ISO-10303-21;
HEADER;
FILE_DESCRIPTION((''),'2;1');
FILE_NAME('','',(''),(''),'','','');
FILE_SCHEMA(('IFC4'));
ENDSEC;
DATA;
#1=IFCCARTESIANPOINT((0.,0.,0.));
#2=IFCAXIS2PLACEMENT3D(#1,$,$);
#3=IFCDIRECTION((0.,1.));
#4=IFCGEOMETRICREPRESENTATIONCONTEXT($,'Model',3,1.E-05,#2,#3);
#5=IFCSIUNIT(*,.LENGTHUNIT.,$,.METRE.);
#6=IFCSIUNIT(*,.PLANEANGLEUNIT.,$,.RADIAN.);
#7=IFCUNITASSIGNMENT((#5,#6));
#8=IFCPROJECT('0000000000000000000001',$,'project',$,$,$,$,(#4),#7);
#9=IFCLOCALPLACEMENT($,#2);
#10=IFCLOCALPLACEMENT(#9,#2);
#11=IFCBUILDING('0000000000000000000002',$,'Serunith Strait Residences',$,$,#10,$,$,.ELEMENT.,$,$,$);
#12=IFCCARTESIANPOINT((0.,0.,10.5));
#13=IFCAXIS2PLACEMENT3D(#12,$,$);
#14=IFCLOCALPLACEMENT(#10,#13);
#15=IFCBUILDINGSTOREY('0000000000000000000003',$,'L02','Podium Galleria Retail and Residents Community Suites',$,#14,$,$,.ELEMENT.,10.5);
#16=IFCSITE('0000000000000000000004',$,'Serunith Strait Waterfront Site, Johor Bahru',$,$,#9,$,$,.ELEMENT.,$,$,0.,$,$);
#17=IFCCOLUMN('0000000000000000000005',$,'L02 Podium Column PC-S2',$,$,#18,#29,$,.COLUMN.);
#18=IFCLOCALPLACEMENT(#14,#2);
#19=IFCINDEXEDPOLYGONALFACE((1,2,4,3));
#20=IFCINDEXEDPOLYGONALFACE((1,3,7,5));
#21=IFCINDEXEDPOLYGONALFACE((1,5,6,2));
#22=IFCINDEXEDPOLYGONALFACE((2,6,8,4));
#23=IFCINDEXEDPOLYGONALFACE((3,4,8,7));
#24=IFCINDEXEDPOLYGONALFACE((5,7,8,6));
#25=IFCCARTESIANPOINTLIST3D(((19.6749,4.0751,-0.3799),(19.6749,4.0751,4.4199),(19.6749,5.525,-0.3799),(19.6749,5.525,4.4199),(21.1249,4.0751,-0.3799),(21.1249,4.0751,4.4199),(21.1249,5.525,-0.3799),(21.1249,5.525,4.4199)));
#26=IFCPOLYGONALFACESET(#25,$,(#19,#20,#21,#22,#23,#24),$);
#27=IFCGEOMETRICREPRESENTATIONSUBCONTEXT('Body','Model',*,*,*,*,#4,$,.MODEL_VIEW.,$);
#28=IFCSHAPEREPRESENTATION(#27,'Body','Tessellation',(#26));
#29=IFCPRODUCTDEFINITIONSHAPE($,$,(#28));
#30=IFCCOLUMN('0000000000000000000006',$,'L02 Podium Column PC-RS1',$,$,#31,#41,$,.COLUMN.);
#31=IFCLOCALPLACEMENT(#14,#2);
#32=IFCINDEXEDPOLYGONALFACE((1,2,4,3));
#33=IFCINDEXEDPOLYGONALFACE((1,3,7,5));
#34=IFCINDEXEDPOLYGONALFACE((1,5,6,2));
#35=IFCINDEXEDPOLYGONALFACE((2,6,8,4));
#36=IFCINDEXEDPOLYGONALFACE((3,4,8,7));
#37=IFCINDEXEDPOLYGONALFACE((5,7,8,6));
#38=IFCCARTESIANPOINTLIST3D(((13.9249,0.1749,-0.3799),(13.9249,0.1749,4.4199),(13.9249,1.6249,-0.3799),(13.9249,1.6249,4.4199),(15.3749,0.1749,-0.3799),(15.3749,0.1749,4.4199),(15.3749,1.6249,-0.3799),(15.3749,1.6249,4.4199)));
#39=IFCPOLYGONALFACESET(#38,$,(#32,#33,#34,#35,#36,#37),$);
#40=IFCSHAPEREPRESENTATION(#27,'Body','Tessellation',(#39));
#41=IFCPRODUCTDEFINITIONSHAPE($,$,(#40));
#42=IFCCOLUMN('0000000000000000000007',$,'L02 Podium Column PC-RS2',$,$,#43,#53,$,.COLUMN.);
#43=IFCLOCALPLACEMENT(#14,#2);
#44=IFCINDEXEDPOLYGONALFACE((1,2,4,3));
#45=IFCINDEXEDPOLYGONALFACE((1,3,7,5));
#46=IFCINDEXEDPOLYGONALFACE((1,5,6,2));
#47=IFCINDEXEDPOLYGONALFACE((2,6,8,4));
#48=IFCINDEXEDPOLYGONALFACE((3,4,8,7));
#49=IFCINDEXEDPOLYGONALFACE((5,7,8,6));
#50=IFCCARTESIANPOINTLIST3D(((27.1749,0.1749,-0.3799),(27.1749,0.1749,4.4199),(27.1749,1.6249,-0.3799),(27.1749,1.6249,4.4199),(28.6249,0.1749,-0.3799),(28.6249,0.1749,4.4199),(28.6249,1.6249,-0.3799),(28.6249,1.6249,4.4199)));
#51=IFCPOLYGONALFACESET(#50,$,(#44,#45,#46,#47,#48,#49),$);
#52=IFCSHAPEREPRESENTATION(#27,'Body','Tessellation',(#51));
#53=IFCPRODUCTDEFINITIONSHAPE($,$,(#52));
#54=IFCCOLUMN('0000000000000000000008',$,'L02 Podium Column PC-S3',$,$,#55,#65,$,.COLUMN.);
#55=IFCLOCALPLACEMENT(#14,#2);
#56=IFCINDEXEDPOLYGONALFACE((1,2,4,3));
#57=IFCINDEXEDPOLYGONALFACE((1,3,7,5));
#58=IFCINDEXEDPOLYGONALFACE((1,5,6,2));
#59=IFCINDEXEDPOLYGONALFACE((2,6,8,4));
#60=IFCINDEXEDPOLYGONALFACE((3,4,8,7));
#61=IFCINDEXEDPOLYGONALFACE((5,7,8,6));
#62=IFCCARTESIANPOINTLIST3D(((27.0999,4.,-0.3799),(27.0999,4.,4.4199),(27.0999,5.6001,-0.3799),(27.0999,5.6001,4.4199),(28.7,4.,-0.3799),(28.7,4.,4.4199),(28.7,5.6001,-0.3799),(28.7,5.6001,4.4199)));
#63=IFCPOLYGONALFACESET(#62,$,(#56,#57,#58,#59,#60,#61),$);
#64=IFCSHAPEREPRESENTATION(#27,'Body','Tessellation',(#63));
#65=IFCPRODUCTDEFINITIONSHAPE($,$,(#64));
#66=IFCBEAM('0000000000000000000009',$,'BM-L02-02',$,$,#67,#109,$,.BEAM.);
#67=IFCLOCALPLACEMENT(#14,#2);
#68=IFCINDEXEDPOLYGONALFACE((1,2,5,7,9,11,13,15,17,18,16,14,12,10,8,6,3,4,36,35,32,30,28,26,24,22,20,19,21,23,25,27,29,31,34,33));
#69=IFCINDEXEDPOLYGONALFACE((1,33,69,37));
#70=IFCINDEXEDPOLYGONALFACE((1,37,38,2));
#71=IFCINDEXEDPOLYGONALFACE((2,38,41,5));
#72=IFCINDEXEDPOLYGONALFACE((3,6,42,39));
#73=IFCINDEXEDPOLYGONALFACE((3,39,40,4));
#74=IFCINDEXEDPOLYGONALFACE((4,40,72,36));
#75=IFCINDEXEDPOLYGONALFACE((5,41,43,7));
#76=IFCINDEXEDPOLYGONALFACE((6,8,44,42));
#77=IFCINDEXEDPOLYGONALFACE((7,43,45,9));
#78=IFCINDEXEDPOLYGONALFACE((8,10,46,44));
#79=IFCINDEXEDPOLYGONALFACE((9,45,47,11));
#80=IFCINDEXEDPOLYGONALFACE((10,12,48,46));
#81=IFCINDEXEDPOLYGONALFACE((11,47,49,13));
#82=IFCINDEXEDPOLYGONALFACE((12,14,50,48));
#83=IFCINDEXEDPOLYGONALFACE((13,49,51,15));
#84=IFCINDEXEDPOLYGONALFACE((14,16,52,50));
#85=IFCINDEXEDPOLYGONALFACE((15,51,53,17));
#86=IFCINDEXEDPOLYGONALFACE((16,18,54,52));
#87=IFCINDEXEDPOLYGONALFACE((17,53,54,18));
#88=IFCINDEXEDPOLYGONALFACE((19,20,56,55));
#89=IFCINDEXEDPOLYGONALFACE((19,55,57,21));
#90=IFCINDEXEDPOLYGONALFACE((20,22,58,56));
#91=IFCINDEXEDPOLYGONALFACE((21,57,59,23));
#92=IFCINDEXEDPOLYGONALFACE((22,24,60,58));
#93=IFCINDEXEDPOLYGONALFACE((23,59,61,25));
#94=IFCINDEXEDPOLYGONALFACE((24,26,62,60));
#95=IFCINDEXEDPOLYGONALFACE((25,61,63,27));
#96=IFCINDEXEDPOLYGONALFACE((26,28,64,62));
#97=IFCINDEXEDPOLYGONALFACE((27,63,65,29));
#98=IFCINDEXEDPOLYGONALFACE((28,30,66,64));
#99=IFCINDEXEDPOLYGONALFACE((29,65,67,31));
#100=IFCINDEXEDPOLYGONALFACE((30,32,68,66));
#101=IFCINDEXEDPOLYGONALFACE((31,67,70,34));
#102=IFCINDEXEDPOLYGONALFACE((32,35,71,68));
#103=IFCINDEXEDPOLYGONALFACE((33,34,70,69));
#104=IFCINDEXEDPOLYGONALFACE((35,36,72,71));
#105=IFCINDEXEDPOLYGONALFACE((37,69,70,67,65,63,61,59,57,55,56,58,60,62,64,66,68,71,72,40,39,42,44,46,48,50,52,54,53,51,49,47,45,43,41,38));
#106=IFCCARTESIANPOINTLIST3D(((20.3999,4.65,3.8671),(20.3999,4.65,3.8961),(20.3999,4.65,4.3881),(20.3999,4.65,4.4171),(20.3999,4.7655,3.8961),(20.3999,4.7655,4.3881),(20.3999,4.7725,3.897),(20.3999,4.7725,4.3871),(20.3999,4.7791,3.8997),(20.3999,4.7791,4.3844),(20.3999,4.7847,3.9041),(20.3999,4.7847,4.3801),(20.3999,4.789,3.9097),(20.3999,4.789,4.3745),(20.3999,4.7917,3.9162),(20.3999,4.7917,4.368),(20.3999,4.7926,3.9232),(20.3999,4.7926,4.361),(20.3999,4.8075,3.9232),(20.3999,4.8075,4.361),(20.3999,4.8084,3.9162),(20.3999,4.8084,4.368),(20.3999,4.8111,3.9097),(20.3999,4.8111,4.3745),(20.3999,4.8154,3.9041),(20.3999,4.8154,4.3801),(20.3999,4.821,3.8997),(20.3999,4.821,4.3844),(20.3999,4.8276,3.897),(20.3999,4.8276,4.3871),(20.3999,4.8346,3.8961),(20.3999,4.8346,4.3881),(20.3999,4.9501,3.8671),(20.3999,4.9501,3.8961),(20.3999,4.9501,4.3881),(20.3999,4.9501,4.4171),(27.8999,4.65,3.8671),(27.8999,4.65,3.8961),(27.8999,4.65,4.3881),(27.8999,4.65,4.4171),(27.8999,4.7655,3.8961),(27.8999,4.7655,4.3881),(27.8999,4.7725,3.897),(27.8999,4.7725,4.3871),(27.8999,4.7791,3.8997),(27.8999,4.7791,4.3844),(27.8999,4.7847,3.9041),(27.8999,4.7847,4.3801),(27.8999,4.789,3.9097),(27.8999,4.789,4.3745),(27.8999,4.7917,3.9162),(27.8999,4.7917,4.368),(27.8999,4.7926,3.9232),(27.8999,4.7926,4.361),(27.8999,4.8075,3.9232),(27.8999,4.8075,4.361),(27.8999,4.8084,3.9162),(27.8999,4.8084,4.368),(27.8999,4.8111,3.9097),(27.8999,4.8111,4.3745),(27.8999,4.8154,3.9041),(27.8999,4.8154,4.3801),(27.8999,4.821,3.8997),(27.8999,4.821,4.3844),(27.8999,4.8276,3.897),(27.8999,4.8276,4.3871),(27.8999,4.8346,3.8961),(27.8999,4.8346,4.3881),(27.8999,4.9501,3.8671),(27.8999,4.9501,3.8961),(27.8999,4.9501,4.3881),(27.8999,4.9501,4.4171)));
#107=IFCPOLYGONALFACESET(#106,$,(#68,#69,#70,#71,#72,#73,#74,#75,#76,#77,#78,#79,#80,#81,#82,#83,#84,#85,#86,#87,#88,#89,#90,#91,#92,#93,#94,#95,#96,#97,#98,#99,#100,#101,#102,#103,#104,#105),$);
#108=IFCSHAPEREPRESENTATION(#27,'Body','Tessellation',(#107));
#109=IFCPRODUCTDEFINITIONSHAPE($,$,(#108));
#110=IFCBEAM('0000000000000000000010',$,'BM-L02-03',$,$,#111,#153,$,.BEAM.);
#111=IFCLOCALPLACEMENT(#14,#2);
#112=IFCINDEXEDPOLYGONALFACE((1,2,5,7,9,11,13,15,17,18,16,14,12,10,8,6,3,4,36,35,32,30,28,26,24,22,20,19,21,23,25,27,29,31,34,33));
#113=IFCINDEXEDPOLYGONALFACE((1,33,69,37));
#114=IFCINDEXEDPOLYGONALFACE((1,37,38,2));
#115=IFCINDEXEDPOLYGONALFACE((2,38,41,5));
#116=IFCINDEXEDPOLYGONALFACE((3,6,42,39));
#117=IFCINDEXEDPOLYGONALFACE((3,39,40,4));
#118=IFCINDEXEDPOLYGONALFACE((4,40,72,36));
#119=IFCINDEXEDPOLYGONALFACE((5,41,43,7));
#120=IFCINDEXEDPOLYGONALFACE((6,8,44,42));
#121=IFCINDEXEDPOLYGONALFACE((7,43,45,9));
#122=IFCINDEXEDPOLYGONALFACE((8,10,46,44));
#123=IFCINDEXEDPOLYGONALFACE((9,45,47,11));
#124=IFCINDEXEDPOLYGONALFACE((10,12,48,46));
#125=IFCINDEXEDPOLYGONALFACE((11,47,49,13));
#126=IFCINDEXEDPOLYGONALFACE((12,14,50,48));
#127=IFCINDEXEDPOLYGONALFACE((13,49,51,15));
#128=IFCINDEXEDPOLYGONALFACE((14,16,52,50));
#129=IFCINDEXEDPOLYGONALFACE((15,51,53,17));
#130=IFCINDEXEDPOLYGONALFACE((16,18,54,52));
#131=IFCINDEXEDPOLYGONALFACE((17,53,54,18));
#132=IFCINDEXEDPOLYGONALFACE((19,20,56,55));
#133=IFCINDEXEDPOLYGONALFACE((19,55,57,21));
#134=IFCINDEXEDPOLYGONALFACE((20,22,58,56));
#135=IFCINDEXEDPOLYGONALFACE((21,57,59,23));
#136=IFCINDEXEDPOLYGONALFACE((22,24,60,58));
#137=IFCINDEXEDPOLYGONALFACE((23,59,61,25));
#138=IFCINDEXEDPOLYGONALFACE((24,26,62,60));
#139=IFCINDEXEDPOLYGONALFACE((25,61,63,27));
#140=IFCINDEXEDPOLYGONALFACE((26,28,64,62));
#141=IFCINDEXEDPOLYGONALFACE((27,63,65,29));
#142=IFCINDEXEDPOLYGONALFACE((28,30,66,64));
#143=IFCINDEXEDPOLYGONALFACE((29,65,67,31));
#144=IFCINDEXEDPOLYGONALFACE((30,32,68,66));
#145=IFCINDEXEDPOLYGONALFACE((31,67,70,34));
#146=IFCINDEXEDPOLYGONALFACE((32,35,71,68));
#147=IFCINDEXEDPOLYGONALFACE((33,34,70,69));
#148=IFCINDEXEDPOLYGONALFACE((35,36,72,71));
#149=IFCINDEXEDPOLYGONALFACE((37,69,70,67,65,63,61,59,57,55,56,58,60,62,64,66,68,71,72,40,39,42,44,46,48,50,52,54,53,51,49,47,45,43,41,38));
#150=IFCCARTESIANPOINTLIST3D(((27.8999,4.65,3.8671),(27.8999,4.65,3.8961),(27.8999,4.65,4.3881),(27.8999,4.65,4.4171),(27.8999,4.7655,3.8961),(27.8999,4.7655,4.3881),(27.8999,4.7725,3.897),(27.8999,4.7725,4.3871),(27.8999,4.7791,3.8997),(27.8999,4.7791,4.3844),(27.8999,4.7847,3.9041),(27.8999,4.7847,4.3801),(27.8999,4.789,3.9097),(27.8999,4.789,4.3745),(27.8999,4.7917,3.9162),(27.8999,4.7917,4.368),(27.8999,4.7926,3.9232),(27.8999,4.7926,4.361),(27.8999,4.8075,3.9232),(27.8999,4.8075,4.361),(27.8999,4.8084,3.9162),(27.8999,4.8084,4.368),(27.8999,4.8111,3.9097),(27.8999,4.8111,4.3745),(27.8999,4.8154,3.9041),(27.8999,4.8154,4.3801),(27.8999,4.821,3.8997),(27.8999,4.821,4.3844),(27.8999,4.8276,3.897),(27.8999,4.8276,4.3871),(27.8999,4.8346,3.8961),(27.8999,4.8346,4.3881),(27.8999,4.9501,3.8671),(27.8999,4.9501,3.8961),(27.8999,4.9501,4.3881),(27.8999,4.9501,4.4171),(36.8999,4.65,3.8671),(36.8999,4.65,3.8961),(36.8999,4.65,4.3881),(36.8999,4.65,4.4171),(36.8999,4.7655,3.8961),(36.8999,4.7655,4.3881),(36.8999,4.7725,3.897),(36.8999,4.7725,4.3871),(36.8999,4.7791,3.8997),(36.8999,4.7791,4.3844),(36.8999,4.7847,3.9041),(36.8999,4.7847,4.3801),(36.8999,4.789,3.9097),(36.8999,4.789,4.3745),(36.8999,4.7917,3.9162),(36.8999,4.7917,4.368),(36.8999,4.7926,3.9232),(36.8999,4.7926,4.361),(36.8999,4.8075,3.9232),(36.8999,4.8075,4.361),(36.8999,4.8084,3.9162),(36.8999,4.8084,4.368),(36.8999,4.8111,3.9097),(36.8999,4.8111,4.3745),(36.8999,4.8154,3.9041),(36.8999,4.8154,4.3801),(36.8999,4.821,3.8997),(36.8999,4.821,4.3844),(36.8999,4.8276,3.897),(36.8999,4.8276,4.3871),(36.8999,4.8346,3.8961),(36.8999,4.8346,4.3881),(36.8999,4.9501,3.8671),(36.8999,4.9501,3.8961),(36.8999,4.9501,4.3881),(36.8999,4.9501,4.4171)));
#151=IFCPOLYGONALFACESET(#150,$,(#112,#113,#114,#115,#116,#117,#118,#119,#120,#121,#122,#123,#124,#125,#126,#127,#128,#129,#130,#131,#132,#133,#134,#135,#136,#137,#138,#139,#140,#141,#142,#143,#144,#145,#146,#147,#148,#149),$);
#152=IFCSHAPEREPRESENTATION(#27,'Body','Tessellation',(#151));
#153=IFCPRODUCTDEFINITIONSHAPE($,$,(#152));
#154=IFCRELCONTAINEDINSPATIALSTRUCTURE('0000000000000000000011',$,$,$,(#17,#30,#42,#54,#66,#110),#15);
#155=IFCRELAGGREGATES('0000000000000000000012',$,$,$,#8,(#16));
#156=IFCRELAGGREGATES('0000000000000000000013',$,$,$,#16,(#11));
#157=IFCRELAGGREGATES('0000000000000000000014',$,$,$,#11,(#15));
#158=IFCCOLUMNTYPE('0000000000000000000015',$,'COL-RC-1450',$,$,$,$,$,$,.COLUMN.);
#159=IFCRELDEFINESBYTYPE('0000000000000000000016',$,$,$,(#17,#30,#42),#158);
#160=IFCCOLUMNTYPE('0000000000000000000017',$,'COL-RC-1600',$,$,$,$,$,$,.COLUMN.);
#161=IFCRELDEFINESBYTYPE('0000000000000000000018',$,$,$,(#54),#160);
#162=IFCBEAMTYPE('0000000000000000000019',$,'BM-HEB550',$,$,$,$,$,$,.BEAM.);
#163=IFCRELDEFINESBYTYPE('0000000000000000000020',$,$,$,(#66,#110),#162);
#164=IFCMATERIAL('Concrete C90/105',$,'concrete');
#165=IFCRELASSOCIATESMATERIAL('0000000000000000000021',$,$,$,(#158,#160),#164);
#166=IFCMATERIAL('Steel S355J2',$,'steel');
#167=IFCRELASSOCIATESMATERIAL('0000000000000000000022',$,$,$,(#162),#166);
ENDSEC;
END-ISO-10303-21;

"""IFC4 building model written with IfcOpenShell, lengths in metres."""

from ifc_helpers import new_model, si_unit, direction, frame, origin, origin_2d, place, context, subcontext, project, spatial, rectangle, i_section, extrude, source, transform, mapped, material, material_profile, profile_set, type_object, element, save


model = new_model("IFC4")

# Units and contexts
model_context = context("Model", 3, precision=1e-05, world=origin(), true_north=direction((0.0, 1.0)))
body_context = subcontext(model_context, "Body", "Model", "MODEL_VIEW")
ifc_project = project(units=[si_unit("LENGTHUNIT", "METRE"), si_unit("PLANEANGLEUNIT", "RADIAN")], contexts=[model_context])

# Site, building, storey
site_placement = place(None, origin())
site = spatial("IfcSite", under=ifc_project, at=site_placement, Name="Serunith Strait Waterfront Site, Johor Bahru", CompositionType="ELEMENT", RefElevation=0.0)
building_placement = place(site_placement, origin())
building = spatial("IfcBuilding", under=site, at=building_placement, Name="Serunith Strait Residences", CompositionType="ELEMENT")
storey_placement = place(building_placement, frame((0.0, 0.0, 10.5)))
storey = spatial("IfcBuildingStorey", under=building, at=storey_placement, Name="L02", Description="Podium Galleria Retail and Residents Community Suites", CompositionType="ELEMENT", Elevation=10.5)

# Columns
ifc_material_1 = material(Name="Concrete C90/105", Category="concrete")
ifc_material_profile_1 = material_profile(ifc_material_1, rectangle(XDim=1.45, YDim=1.45, at=origin_2d()), Name="RC 1450x1450")
ifc_profile_set_1 = profile_set([ifc_material_profile_1], Name="Concrete C90/105")
column_type_1 = type_object("IfcColumnType", Name="COL-RC-1450", PredefinedType="COLUMN", material=ifc_profile_set_1)
shared_shape_1 = source(origin(), body_context, "Body", "SweptSolid", [
    extrude(rectangle(XDim=1.45, YDim=1.45, at=origin_2d()), origin(), (0.0, 0.0, 1.0), 4.7998),
])
for number, where, z_axis, x_axis, name in (
    (1, (20.3999, 4.8, -0.3799), (0.0, 0.0, 1.0), (1.0, 0.0, 0.0), "L02 Podium Column PC-S2"),
    (2, (14.6499, 0.8999, -0.3799), (0.0, 0.0, 1.0), (1.0, 0.0, 0.0), "L02 Podium Column PC-RS1"),
    (3, (27.8999, 0.8999, -0.3799), (0.0, 0.0, 1.0), (1.0, 0.0, 0.0), "L02 Podium Column PC-RS2"),
):
    element("IfcColumn", number, at=place(storey_placement, frame(where, z_axis=z_axis, x_axis=x_axis)), inside=storey, type_object=column_type_1, Name=name, PredefinedType="COLUMN", context=body_context, shape_type="MappedRepresentation", body=[
        mapped(shared_shape_1, transform((0.0, 0.0, 0.0), scale=1.0)),
    ])
ifc_material_profile_2 = material_profile(ifc_material_1, rectangle(XDim=1.6001, YDim=1.6001, at=origin_2d()), Name="RC 1600x1600")
ifc_profile_set_2 = profile_set([ifc_material_profile_2], Name="Concrete C90/105")
column_type_2 = type_object("IfcColumnType", Name="COL-RC-1600", PredefinedType="COLUMN", material=ifc_profile_set_2)
shared_shape_2 = source(origin(), body_context, "Body", "SweptSolid", [
    extrude(rectangle(XDim=1.6001, YDim=1.6001, at=origin_2d()), origin(), (0.0, 0.0, 1.0), 4.7998),
])
column_placement = place(storey_placement, frame((27.8999, 4.8, -0.3799), z_axis=(0.0, 0.0, 1.0), x_axis=(1.0, 0.0, 0.0)))
element("IfcColumn", 4, at=column_placement, inside=storey, type_object=column_type_2, Name="L02 Podium Column PC-S3", PredefinedType="COLUMN", context=body_context, shape_type="MappedRepresentation", body=[
    mapped(shared_shape_2, transform((0.0, 0.0, 0.0), scale=1.0)),
])

# Beams
ifc_material_2 = material(Name="Steel S355J2", Category="steel")
ifc_material_profile_3 = material_profile(ifc_material_2, i_section(OverallWidth=0.3, OverallDepth=0.55, WebThickness=0.0149, FlangeThickness=0.0291, FilletRadius=0.0271, at=origin_2d()), Name="HEB 550")
ifc_profile_set_3 = profile_set([ifc_material_profile_3], Name="Steel S355J2")
beam_type = type_object("IfcBeamType", Name="BM-HEB550", PredefinedType="BEAM", material=ifc_profile_set_3)
shared_shape_3 = source(origin(), body_context, "Body", "SweptSolid", [
    extrude(i_section(OverallWidth=0.3, OverallDepth=0.55, WebThickness=0.0149, FlangeThickness=0.0291, FilletRadius=0.0271, at=origin_2d()), origin(), (0.0, 0.0, 1.0), 7.5),
])
beam_1_placement = place(storey_placement, frame((20.3999, 4.8, 4.1421), z_axis=(1.0, 0.0, 0.0), x_axis=(0.0, 1.0, 0.0)))
element("IfcBeam", 5, at=beam_1_placement, inside=storey, type_object=beam_type, Name="BM-L02-02", PredefinedType="BEAM", context=body_context, shape_type="MappedRepresentation", body=[
    mapped(shared_shape_3, transform((0.0, 0.0, 0.0), scale=1.0)),
])
shared_shape_4 = source(origin(), body_context, "Body", "SweptSolid", [
    extrude(i_section(OverallWidth=0.3, OverallDepth=0.55, WebThickness=0.0149, FlangeThickness=0.0291, FilletRadius=0.0271, at=origin_2d()), origin(), (0.0, 0.0, 1.0), 9.0),
])
beam_2_placement = place(storey_placement, frame((27.8999, 4.8, 4.1421), z_axis=(1.0, 0.0, 0.0), x_axis=(0.0, 1.0, 0.0)))
element("IfcBeam", 6, at=beam_2_placement, inside=storey, type_object=beam_type, Name="BM-L02-03", PredefinedType="BEAM", context=body_context, shape_type="MappedRepresentation", body=[
    mapped(shared_shape_4, transform((0.0, 0.0, 0.0), scale=1.0)),
])

save(model, "model.ifc")
